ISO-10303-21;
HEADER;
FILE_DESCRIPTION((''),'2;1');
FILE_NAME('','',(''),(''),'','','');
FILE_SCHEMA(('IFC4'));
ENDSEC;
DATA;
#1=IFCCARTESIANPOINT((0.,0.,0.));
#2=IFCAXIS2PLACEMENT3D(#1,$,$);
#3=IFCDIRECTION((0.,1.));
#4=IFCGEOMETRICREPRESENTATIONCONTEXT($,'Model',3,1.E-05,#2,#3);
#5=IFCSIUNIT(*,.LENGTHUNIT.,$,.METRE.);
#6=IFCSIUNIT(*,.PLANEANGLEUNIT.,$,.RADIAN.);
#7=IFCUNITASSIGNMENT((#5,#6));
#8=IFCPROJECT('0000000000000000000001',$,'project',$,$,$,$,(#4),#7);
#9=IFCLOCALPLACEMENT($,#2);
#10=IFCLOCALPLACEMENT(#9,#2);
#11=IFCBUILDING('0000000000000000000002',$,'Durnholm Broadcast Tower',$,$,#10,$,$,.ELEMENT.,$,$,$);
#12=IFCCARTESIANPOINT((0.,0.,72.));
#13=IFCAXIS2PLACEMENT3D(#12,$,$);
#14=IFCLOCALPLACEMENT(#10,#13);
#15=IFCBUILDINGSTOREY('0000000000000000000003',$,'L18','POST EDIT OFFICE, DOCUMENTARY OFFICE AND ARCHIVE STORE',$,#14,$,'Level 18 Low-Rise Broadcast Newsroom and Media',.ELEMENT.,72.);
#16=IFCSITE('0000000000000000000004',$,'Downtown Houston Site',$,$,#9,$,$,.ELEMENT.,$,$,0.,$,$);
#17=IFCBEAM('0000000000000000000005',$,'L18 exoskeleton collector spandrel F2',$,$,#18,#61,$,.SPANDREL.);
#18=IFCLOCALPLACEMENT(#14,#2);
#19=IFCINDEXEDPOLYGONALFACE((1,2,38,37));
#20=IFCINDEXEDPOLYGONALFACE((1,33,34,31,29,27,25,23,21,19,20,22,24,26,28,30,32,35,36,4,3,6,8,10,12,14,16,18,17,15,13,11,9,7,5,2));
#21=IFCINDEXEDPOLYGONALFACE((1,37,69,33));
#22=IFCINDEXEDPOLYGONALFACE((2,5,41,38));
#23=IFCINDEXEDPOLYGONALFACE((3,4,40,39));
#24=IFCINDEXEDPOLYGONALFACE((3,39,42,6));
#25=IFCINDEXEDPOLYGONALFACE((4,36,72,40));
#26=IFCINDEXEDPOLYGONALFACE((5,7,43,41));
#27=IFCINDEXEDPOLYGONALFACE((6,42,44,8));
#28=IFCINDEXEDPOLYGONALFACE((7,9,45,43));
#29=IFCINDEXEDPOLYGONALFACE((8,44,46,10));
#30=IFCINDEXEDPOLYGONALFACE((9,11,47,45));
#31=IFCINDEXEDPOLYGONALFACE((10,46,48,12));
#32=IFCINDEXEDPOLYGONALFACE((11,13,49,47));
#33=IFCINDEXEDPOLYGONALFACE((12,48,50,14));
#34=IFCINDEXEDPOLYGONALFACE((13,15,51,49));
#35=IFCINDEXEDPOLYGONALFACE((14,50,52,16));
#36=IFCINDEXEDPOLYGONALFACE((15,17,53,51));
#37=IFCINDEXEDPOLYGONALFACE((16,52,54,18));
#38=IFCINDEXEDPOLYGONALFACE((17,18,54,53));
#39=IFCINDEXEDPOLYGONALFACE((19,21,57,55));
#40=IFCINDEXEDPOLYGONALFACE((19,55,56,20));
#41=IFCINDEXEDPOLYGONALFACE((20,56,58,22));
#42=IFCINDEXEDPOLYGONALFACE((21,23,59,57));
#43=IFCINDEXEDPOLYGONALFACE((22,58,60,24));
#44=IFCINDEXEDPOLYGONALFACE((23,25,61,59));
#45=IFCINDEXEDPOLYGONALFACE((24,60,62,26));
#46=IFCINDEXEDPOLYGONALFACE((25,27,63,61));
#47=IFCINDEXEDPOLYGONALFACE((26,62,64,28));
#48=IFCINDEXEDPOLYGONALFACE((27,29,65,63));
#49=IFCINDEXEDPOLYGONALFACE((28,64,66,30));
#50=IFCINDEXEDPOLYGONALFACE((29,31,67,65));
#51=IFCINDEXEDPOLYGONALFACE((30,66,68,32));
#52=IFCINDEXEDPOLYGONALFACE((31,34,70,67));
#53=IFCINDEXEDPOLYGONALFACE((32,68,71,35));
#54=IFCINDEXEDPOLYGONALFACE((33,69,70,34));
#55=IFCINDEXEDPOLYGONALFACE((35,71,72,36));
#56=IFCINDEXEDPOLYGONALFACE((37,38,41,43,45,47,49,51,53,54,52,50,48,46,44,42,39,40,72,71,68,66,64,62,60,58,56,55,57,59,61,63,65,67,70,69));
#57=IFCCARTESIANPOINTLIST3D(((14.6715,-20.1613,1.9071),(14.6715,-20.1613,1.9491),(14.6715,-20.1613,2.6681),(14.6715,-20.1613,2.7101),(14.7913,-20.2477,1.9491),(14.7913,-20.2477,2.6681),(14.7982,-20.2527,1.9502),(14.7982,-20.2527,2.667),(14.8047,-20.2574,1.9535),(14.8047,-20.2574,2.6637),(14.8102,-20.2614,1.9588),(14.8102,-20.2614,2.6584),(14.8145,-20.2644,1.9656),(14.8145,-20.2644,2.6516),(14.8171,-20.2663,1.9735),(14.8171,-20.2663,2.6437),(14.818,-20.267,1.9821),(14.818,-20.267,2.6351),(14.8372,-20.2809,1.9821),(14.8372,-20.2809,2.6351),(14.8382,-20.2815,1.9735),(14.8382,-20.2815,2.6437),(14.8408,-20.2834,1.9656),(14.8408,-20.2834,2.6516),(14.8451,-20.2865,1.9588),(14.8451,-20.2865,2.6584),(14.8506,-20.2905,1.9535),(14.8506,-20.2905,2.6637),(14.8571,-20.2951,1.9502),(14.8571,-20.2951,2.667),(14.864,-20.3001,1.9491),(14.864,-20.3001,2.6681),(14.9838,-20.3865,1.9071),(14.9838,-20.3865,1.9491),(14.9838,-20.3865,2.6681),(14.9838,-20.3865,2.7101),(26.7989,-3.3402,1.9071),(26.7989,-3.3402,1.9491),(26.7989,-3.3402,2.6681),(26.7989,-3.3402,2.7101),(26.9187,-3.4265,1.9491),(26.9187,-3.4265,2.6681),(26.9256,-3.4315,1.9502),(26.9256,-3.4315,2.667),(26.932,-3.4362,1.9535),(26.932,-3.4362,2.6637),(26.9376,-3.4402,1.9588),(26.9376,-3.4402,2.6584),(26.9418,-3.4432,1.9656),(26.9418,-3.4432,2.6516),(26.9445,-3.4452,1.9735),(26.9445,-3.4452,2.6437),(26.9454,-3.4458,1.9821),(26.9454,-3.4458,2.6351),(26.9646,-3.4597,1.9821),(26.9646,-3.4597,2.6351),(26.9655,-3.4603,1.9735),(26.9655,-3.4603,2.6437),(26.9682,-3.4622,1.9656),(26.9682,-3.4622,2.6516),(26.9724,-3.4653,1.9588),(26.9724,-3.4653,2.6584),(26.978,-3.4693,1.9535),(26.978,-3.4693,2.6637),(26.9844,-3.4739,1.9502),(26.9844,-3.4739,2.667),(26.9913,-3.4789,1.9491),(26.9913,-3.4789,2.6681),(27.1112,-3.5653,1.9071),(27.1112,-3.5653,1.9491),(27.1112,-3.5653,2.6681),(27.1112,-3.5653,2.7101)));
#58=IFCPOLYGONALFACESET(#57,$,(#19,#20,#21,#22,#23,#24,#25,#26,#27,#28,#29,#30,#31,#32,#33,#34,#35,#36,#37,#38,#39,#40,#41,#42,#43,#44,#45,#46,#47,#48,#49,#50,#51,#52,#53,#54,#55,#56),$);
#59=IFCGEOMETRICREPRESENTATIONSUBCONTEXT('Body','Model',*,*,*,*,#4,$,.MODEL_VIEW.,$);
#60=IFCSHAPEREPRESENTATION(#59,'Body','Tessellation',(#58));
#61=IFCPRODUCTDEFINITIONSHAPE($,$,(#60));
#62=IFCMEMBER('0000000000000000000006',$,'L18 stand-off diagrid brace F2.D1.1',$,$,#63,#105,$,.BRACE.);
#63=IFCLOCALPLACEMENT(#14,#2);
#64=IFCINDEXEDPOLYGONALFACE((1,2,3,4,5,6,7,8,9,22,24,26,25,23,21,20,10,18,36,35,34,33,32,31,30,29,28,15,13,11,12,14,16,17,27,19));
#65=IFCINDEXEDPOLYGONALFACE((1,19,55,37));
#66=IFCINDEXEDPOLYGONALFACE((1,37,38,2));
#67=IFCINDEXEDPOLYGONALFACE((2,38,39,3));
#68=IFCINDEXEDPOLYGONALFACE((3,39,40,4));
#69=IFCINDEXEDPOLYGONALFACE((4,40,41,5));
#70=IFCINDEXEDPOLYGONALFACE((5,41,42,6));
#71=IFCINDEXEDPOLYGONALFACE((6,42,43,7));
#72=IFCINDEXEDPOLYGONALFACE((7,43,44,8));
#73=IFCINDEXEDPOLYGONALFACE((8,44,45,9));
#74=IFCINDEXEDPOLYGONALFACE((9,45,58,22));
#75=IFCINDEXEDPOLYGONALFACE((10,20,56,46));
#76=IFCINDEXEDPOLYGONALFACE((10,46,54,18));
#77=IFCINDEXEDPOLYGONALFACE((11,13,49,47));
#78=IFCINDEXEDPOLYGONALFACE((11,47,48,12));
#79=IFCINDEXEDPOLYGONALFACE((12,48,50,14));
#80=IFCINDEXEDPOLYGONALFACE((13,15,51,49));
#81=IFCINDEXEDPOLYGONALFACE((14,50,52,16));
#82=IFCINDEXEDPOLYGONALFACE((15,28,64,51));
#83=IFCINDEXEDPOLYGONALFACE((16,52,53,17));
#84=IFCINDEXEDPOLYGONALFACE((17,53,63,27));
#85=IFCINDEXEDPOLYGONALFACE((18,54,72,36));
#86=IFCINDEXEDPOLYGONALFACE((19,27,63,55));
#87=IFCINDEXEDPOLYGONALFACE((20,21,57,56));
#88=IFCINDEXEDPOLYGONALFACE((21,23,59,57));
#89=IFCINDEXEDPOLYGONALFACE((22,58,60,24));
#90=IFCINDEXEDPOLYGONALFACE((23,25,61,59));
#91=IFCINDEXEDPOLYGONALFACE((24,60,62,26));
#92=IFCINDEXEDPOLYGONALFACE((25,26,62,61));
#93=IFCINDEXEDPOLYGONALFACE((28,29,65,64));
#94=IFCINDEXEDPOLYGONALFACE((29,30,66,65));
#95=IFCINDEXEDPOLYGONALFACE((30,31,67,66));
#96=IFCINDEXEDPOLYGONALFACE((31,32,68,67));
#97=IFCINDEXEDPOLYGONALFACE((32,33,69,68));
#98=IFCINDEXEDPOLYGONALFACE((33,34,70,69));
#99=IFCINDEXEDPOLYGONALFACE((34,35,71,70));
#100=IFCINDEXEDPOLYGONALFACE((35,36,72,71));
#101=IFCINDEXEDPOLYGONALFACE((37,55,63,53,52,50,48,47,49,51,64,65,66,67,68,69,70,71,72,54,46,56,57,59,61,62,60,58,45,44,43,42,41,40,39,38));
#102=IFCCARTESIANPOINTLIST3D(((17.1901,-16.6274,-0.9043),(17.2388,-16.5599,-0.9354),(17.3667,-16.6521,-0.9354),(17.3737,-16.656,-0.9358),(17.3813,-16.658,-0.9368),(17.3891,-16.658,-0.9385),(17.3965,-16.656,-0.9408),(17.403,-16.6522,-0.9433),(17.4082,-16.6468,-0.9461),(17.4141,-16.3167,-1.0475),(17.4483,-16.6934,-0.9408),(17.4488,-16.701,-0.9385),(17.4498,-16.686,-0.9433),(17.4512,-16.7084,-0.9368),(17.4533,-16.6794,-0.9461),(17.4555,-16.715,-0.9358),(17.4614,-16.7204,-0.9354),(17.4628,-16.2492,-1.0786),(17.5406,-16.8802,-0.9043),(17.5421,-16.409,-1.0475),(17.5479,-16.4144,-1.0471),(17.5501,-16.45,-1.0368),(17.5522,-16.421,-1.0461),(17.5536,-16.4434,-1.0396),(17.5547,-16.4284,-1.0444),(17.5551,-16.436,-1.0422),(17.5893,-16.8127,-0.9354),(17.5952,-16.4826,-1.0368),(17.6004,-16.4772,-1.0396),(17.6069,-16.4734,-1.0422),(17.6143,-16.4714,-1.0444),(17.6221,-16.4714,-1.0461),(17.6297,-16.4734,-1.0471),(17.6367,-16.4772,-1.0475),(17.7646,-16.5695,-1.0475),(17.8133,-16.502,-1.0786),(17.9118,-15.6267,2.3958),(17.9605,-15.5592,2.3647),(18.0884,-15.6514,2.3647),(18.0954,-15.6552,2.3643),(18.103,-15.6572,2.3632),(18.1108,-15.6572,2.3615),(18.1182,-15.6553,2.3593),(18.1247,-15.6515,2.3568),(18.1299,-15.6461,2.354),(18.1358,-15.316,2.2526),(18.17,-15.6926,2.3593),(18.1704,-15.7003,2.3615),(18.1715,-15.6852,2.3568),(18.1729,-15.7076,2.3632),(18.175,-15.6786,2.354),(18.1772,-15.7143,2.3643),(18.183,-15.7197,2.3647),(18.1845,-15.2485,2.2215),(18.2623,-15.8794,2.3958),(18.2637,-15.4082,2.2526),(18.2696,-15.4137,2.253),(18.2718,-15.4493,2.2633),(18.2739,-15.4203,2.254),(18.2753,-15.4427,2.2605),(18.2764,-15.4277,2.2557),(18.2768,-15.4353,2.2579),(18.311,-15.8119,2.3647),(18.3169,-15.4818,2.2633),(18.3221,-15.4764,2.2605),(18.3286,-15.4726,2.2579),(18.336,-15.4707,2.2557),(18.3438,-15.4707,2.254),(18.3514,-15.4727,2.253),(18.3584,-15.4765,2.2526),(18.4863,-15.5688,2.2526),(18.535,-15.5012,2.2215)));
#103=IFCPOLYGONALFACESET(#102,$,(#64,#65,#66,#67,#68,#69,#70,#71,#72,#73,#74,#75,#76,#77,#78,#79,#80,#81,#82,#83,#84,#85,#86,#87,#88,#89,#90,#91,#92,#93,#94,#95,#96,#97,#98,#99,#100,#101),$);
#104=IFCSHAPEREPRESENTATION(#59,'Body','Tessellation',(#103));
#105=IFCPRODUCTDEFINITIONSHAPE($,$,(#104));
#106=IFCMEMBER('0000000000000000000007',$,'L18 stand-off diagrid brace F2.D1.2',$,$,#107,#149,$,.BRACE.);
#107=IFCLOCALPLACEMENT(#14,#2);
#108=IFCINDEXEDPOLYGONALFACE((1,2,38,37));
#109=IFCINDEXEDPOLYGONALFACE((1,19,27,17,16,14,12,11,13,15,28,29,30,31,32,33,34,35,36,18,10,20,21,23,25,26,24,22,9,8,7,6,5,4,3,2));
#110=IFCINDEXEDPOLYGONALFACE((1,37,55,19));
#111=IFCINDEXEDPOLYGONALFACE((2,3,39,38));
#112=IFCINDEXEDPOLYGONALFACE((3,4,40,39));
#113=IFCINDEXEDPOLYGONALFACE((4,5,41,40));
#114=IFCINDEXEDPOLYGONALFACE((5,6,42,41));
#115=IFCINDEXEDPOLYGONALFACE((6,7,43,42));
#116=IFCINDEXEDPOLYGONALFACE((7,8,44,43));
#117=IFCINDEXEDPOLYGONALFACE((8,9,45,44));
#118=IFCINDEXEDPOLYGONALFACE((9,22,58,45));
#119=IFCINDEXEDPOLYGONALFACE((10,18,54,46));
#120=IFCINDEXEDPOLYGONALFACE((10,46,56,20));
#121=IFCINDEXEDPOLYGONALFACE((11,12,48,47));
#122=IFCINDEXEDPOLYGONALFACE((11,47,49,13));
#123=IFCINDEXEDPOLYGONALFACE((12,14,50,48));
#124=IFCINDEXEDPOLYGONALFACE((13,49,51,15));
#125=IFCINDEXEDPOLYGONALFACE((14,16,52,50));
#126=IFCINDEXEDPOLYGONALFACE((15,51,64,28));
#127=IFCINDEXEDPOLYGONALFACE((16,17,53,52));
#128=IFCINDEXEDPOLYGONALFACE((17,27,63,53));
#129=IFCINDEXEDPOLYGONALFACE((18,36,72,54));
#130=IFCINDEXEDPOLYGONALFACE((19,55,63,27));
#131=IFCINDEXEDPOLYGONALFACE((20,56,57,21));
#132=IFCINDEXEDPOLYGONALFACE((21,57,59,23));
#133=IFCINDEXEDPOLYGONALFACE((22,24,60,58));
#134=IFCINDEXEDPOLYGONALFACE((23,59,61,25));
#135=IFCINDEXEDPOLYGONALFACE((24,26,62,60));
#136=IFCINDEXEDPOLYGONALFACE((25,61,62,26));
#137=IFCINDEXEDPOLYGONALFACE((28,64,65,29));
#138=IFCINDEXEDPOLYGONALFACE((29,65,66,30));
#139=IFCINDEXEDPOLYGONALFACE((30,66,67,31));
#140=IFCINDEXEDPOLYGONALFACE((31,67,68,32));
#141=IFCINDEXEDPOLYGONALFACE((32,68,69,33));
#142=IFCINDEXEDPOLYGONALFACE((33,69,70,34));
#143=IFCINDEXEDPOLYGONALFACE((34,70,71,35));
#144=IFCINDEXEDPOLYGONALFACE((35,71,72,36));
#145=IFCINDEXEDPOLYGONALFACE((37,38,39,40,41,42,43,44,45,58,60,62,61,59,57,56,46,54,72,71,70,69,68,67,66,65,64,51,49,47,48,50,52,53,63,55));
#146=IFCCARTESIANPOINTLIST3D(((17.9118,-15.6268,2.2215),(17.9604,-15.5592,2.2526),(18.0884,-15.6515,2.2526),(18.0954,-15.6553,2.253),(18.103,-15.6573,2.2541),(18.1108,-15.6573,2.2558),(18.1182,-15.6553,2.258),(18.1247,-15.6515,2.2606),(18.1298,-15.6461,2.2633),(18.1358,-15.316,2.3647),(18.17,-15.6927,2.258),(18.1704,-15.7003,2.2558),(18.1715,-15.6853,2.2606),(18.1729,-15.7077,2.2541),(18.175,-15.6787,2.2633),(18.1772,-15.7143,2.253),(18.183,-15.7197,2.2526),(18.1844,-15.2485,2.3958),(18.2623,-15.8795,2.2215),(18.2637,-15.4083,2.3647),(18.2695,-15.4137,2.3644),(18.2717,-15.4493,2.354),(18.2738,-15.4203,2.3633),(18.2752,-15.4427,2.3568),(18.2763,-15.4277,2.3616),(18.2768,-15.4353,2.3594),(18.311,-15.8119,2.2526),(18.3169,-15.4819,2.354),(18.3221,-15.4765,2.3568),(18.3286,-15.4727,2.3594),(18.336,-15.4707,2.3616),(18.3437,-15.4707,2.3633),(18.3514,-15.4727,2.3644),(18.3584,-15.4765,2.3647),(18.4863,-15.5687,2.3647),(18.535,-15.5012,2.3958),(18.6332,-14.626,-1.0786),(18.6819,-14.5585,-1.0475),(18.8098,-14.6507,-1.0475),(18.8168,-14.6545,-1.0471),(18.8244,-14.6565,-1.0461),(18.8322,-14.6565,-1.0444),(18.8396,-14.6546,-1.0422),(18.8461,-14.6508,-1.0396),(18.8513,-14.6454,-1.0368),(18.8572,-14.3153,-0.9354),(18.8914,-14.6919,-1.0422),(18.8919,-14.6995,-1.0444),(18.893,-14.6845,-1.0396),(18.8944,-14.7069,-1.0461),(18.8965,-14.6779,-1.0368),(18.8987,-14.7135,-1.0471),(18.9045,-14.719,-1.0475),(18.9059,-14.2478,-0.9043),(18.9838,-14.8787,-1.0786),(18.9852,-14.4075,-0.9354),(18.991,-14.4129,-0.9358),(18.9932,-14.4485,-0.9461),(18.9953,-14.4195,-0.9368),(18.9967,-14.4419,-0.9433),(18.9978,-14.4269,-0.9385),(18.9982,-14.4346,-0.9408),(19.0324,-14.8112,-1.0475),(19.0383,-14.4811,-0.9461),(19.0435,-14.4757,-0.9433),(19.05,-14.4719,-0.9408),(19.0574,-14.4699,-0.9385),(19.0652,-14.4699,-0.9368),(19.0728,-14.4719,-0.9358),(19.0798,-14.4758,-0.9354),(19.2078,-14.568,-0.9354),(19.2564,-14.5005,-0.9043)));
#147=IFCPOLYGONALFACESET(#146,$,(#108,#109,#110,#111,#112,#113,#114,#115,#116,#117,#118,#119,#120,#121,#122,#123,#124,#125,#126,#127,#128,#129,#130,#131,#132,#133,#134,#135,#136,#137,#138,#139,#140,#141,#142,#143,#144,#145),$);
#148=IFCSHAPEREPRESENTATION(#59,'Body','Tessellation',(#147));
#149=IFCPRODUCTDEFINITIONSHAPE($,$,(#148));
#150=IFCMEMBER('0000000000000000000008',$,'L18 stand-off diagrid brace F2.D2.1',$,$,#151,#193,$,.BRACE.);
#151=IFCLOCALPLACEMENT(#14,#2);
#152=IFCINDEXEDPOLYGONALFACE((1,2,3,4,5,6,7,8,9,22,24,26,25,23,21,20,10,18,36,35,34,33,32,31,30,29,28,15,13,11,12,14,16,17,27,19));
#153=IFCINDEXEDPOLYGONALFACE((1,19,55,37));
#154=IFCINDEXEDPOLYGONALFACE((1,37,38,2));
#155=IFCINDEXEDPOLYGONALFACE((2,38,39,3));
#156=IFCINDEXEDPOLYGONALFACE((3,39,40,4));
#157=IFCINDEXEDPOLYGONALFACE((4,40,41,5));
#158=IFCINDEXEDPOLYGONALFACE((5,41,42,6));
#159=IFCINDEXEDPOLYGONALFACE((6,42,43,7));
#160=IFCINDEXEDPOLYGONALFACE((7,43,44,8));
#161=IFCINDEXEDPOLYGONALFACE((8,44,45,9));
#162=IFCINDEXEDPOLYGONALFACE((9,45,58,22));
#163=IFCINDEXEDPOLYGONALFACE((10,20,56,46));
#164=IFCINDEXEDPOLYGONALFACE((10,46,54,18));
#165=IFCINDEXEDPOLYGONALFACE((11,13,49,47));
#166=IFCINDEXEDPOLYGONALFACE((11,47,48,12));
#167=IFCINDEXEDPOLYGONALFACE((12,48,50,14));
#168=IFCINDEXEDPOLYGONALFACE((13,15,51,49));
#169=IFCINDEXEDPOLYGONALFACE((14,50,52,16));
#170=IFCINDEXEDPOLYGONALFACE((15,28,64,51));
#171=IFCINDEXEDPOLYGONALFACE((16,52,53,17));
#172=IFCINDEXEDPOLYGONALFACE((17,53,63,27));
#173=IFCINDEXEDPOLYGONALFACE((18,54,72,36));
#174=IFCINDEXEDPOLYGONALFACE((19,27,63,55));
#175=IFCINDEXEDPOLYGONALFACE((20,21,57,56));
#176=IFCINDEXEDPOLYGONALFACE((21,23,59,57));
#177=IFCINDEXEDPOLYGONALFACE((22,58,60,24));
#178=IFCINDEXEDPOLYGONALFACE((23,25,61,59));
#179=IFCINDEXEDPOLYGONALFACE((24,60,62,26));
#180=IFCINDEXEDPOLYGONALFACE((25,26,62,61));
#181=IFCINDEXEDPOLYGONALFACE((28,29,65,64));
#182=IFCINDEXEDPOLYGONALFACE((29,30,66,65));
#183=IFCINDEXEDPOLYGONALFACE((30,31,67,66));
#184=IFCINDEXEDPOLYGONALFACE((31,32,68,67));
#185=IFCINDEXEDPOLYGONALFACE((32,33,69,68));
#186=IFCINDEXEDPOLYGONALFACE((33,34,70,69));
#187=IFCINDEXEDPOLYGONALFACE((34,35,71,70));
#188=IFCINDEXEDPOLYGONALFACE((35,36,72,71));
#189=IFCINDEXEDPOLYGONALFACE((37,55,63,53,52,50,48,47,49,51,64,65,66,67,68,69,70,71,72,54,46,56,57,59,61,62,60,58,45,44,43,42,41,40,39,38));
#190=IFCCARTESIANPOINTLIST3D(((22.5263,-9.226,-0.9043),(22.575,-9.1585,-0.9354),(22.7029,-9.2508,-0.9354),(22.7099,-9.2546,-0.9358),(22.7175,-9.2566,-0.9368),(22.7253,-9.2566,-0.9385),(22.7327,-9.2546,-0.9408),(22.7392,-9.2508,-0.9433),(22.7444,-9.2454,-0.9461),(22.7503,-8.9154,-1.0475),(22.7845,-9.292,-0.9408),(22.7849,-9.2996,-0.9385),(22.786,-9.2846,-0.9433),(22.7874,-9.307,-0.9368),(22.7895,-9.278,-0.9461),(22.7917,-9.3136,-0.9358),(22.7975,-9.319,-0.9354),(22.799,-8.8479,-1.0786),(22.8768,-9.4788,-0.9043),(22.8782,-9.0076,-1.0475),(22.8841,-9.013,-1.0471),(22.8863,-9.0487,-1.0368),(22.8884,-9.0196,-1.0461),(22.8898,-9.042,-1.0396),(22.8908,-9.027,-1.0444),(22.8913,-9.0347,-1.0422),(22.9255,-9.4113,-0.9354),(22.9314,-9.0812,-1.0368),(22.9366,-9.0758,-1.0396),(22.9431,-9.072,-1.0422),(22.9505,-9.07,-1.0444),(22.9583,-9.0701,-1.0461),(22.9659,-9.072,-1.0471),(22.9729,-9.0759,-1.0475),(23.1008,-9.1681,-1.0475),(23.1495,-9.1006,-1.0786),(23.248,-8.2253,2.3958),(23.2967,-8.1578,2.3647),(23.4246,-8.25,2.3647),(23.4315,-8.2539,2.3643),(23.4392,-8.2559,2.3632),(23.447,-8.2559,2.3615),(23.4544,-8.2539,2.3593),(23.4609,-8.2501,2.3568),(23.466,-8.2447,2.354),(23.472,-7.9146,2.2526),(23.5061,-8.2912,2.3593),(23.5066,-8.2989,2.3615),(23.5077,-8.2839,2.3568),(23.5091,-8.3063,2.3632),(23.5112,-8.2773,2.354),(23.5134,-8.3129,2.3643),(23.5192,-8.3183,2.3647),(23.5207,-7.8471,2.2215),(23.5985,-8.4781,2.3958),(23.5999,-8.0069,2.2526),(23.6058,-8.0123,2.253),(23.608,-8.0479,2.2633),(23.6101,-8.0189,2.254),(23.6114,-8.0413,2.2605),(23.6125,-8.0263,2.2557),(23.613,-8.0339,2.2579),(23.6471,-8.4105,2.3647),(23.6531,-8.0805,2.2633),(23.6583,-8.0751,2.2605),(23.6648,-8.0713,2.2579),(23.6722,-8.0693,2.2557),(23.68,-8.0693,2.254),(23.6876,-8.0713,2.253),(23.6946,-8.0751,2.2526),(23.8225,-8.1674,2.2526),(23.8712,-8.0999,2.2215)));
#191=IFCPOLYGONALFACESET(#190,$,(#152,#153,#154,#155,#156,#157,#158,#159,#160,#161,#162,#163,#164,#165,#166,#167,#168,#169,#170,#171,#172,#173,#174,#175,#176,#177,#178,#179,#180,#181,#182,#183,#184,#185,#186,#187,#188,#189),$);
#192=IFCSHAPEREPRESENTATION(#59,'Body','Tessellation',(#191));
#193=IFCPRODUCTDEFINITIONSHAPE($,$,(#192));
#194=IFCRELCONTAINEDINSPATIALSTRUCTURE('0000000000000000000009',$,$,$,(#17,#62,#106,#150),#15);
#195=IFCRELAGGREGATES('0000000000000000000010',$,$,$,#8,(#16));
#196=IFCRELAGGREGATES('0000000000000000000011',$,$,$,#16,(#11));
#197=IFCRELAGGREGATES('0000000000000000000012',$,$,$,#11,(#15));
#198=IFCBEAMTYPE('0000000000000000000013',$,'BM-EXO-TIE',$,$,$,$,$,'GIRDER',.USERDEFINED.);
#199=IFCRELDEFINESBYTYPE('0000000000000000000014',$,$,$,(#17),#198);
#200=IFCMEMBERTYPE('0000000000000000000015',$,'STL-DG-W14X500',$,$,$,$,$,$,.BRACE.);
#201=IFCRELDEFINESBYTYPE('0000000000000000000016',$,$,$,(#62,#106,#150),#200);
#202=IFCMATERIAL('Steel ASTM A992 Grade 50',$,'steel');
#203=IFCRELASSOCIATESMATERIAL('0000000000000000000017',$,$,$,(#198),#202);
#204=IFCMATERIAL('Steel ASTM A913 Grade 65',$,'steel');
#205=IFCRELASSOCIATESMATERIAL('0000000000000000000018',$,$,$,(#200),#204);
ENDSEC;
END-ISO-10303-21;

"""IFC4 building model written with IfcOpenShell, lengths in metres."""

from ifc_helpers import new_model, si_unit, direction, frame, origin, origin_2d, place, context, subcontext, project, spatial, i_section, extrude, source, transform, mapped, material, material_profile, profile_set, type_object, type_shapes, element, save


model = new_model("IFC4")

# Units and contexts
model_context = context("Model", 3, precision=1e-05, world=origin(), true_north=direction((0.0, 1.0)))
body_context = subcontext(model_context, "Body", "Model", "MODEL_VIEW")
ifc_project = project(units=[si_unit("LENGTHUNIT", "METRE"), si_unit("PLANEANGLEUNIT", "RADIAN")], contexts=[model_context])

# Site, building, storey
site_placement = place(None, origin())
site = spatial("IfcSite", under=ifc_project, at=site_placement, Name="Downtown Houston Site", CompositionType="ELEMENT", RefElevation=0.0)
building_placement = place(site_placement, origin())
building = spatial("IfcBuilding", under=site, at=building_placement, Name="Durnholm Broadcast Tower", CompositionType="ELEMENT")
storey_placement = place(building_placement, frame((0.0, 0.0, 72.0)))
storey = spatial("IfcBuildingStorey", under=building, at=storey_placement, Name="L18", Description="POST EDIT OFFICE, DOCUMENTARY OFFICE AND ARCHIVE STORE", LongName="Level 18 Low-Rise Broadcast Newsroom and Media", CompositionType="ELEMENT", Elevation=72.0)

# Beam
ifc_material_1 = material(Name="Steel ASTM A992 Grade 50", Category="steel")
ifc_material_profile_1 = material_profile(ifc_material_1, i_section(OverallWidth=0.385, OverallDepth=0.803, WebThickness=0.0237, FlangeThickness=0.042, FilletRadius=0.033, at=origin_2d()), Name="W30X261")
ifc_profile_set_1 = profile_set([ifc_material_profile_1], Name="Steel ASTM A992 Grade 50")
beam_type = type_object("IfcBeamType", Name="BM-EXO-TIE", ElementType="GIRDER", PredefinedType="USERDEFINED", material=ifc_profile_set_1)
shared_shape_1 = source(origin(), body_context, "Body", "SweptSolid", [
    extrude(i_section(OverallWidth=0.385, OverallDepth=0.803, WebThickness=0.0237, FlangeThickness=0.042, FilletRadius=0.033, at=origin_2d()), origin(), (0.0, 0.0, 1.0), 20.7371),
])
type_shapes(beam_type, [shared_shape_1])
beam_placement = place(storey_placement, frame((14.8276, -20.2739, 2.3086), z_axis=(0.584816, 0.811166, 0.0), x_axis=(-0.811166, 0.584816, 0.0)))
element("IfcBeam", 1, at=beam_placement, inside=storey, type_object=beam_type, Name="L18 exoskeleton collector spandrel F2", PredefinedType="SPANDREL", context=body_context, shape_type="MappedRepresentation", body=[
    mapped(shared_shape_1, transform((0.0, 0.0, 0.0), x_axis=(1.0, 0.0, 0.0), y_axis=(0.0, 1.0, 0.0), z_axis=(0.0, 0.0, 1.0), scale=1.0)),
])

# Members
ifc_material_2 = material(Name="Steel ASTM A913 Grade 65", Category="steel")
ifc_material_profile_2 = material_profile(ifc_material_2, i_section(OverallWidth=0.4321, OverallDepth=0.4978, WebThickness=0.0557, FlangeThickness=0.0889, FilletRadius=0.0305, at=origin_2d()), Name="W14X500")
ifc_profile_set_2 = profile_set([ifc_material_profile_2], Name="Steel ASTM A913 Grade 65")
member_type_1 = type_object("IfcMemberType", Name="STL-DG-W14X500", PredefinedType="BRACE", material=ifc_profile_set_2)
shared_shape_2 = source(origin(), body_context, "Body", "SweptSolid", [
    extrude(i_section(OverallWidth=0.4321, OverallDepth=0.4978, WebThickness=0.0557, FlangeThickness=0.0889, FilletRadius=0.0305, at=origin_2d()), origin(), (0.0, 0.0, 1.0), 3.5232),
])
type_shapes(member_type_1, [shared_shape_2])
for number, where, z_axis, x_axis, name in (
    (2, (17.5017, -16.5647, -0.9915), (0.204839, 0.284045, 0.936675), (-0.811091, 0.58492, 0.0), "L18 stand-off diagrid brace F2.D1.1"),
    (3, (18.9448, -14.5632, -0.9915), (-0.204773, -0.284049, 0.936688), (0.811185, -0.584789, 0.0), "L18 stand-off diagrid brace F2.D1.2"),
    (4, (22.8379, -9.1633, -0.9915), (0.204839, 0.284045, 0.936675), (-0.811091, 0.58492, 0.0), "L18 stand-off diagrid brace F2.D2.1"),
):
    element("IfcMember", number, at=place(storey_placement, frame(where, z_axis=z_axis, x_axis=x_axis)), inside=storey, type_object=member_type_1, Name=name, PredefinedType="BRACE", context=body_context, shape_type="MappedRepresentation", body=[
        mapped(shared_shape_2, transform((0.0, 0.0, 0.0), x_axis=(1.0, 0.0, 0.0), y_axis=(0.0, 1.0, 0.0), z_axis=(0.0, 0.0, 1.0), scale=1.0)),
    ])

save(model, "model.ifc")
